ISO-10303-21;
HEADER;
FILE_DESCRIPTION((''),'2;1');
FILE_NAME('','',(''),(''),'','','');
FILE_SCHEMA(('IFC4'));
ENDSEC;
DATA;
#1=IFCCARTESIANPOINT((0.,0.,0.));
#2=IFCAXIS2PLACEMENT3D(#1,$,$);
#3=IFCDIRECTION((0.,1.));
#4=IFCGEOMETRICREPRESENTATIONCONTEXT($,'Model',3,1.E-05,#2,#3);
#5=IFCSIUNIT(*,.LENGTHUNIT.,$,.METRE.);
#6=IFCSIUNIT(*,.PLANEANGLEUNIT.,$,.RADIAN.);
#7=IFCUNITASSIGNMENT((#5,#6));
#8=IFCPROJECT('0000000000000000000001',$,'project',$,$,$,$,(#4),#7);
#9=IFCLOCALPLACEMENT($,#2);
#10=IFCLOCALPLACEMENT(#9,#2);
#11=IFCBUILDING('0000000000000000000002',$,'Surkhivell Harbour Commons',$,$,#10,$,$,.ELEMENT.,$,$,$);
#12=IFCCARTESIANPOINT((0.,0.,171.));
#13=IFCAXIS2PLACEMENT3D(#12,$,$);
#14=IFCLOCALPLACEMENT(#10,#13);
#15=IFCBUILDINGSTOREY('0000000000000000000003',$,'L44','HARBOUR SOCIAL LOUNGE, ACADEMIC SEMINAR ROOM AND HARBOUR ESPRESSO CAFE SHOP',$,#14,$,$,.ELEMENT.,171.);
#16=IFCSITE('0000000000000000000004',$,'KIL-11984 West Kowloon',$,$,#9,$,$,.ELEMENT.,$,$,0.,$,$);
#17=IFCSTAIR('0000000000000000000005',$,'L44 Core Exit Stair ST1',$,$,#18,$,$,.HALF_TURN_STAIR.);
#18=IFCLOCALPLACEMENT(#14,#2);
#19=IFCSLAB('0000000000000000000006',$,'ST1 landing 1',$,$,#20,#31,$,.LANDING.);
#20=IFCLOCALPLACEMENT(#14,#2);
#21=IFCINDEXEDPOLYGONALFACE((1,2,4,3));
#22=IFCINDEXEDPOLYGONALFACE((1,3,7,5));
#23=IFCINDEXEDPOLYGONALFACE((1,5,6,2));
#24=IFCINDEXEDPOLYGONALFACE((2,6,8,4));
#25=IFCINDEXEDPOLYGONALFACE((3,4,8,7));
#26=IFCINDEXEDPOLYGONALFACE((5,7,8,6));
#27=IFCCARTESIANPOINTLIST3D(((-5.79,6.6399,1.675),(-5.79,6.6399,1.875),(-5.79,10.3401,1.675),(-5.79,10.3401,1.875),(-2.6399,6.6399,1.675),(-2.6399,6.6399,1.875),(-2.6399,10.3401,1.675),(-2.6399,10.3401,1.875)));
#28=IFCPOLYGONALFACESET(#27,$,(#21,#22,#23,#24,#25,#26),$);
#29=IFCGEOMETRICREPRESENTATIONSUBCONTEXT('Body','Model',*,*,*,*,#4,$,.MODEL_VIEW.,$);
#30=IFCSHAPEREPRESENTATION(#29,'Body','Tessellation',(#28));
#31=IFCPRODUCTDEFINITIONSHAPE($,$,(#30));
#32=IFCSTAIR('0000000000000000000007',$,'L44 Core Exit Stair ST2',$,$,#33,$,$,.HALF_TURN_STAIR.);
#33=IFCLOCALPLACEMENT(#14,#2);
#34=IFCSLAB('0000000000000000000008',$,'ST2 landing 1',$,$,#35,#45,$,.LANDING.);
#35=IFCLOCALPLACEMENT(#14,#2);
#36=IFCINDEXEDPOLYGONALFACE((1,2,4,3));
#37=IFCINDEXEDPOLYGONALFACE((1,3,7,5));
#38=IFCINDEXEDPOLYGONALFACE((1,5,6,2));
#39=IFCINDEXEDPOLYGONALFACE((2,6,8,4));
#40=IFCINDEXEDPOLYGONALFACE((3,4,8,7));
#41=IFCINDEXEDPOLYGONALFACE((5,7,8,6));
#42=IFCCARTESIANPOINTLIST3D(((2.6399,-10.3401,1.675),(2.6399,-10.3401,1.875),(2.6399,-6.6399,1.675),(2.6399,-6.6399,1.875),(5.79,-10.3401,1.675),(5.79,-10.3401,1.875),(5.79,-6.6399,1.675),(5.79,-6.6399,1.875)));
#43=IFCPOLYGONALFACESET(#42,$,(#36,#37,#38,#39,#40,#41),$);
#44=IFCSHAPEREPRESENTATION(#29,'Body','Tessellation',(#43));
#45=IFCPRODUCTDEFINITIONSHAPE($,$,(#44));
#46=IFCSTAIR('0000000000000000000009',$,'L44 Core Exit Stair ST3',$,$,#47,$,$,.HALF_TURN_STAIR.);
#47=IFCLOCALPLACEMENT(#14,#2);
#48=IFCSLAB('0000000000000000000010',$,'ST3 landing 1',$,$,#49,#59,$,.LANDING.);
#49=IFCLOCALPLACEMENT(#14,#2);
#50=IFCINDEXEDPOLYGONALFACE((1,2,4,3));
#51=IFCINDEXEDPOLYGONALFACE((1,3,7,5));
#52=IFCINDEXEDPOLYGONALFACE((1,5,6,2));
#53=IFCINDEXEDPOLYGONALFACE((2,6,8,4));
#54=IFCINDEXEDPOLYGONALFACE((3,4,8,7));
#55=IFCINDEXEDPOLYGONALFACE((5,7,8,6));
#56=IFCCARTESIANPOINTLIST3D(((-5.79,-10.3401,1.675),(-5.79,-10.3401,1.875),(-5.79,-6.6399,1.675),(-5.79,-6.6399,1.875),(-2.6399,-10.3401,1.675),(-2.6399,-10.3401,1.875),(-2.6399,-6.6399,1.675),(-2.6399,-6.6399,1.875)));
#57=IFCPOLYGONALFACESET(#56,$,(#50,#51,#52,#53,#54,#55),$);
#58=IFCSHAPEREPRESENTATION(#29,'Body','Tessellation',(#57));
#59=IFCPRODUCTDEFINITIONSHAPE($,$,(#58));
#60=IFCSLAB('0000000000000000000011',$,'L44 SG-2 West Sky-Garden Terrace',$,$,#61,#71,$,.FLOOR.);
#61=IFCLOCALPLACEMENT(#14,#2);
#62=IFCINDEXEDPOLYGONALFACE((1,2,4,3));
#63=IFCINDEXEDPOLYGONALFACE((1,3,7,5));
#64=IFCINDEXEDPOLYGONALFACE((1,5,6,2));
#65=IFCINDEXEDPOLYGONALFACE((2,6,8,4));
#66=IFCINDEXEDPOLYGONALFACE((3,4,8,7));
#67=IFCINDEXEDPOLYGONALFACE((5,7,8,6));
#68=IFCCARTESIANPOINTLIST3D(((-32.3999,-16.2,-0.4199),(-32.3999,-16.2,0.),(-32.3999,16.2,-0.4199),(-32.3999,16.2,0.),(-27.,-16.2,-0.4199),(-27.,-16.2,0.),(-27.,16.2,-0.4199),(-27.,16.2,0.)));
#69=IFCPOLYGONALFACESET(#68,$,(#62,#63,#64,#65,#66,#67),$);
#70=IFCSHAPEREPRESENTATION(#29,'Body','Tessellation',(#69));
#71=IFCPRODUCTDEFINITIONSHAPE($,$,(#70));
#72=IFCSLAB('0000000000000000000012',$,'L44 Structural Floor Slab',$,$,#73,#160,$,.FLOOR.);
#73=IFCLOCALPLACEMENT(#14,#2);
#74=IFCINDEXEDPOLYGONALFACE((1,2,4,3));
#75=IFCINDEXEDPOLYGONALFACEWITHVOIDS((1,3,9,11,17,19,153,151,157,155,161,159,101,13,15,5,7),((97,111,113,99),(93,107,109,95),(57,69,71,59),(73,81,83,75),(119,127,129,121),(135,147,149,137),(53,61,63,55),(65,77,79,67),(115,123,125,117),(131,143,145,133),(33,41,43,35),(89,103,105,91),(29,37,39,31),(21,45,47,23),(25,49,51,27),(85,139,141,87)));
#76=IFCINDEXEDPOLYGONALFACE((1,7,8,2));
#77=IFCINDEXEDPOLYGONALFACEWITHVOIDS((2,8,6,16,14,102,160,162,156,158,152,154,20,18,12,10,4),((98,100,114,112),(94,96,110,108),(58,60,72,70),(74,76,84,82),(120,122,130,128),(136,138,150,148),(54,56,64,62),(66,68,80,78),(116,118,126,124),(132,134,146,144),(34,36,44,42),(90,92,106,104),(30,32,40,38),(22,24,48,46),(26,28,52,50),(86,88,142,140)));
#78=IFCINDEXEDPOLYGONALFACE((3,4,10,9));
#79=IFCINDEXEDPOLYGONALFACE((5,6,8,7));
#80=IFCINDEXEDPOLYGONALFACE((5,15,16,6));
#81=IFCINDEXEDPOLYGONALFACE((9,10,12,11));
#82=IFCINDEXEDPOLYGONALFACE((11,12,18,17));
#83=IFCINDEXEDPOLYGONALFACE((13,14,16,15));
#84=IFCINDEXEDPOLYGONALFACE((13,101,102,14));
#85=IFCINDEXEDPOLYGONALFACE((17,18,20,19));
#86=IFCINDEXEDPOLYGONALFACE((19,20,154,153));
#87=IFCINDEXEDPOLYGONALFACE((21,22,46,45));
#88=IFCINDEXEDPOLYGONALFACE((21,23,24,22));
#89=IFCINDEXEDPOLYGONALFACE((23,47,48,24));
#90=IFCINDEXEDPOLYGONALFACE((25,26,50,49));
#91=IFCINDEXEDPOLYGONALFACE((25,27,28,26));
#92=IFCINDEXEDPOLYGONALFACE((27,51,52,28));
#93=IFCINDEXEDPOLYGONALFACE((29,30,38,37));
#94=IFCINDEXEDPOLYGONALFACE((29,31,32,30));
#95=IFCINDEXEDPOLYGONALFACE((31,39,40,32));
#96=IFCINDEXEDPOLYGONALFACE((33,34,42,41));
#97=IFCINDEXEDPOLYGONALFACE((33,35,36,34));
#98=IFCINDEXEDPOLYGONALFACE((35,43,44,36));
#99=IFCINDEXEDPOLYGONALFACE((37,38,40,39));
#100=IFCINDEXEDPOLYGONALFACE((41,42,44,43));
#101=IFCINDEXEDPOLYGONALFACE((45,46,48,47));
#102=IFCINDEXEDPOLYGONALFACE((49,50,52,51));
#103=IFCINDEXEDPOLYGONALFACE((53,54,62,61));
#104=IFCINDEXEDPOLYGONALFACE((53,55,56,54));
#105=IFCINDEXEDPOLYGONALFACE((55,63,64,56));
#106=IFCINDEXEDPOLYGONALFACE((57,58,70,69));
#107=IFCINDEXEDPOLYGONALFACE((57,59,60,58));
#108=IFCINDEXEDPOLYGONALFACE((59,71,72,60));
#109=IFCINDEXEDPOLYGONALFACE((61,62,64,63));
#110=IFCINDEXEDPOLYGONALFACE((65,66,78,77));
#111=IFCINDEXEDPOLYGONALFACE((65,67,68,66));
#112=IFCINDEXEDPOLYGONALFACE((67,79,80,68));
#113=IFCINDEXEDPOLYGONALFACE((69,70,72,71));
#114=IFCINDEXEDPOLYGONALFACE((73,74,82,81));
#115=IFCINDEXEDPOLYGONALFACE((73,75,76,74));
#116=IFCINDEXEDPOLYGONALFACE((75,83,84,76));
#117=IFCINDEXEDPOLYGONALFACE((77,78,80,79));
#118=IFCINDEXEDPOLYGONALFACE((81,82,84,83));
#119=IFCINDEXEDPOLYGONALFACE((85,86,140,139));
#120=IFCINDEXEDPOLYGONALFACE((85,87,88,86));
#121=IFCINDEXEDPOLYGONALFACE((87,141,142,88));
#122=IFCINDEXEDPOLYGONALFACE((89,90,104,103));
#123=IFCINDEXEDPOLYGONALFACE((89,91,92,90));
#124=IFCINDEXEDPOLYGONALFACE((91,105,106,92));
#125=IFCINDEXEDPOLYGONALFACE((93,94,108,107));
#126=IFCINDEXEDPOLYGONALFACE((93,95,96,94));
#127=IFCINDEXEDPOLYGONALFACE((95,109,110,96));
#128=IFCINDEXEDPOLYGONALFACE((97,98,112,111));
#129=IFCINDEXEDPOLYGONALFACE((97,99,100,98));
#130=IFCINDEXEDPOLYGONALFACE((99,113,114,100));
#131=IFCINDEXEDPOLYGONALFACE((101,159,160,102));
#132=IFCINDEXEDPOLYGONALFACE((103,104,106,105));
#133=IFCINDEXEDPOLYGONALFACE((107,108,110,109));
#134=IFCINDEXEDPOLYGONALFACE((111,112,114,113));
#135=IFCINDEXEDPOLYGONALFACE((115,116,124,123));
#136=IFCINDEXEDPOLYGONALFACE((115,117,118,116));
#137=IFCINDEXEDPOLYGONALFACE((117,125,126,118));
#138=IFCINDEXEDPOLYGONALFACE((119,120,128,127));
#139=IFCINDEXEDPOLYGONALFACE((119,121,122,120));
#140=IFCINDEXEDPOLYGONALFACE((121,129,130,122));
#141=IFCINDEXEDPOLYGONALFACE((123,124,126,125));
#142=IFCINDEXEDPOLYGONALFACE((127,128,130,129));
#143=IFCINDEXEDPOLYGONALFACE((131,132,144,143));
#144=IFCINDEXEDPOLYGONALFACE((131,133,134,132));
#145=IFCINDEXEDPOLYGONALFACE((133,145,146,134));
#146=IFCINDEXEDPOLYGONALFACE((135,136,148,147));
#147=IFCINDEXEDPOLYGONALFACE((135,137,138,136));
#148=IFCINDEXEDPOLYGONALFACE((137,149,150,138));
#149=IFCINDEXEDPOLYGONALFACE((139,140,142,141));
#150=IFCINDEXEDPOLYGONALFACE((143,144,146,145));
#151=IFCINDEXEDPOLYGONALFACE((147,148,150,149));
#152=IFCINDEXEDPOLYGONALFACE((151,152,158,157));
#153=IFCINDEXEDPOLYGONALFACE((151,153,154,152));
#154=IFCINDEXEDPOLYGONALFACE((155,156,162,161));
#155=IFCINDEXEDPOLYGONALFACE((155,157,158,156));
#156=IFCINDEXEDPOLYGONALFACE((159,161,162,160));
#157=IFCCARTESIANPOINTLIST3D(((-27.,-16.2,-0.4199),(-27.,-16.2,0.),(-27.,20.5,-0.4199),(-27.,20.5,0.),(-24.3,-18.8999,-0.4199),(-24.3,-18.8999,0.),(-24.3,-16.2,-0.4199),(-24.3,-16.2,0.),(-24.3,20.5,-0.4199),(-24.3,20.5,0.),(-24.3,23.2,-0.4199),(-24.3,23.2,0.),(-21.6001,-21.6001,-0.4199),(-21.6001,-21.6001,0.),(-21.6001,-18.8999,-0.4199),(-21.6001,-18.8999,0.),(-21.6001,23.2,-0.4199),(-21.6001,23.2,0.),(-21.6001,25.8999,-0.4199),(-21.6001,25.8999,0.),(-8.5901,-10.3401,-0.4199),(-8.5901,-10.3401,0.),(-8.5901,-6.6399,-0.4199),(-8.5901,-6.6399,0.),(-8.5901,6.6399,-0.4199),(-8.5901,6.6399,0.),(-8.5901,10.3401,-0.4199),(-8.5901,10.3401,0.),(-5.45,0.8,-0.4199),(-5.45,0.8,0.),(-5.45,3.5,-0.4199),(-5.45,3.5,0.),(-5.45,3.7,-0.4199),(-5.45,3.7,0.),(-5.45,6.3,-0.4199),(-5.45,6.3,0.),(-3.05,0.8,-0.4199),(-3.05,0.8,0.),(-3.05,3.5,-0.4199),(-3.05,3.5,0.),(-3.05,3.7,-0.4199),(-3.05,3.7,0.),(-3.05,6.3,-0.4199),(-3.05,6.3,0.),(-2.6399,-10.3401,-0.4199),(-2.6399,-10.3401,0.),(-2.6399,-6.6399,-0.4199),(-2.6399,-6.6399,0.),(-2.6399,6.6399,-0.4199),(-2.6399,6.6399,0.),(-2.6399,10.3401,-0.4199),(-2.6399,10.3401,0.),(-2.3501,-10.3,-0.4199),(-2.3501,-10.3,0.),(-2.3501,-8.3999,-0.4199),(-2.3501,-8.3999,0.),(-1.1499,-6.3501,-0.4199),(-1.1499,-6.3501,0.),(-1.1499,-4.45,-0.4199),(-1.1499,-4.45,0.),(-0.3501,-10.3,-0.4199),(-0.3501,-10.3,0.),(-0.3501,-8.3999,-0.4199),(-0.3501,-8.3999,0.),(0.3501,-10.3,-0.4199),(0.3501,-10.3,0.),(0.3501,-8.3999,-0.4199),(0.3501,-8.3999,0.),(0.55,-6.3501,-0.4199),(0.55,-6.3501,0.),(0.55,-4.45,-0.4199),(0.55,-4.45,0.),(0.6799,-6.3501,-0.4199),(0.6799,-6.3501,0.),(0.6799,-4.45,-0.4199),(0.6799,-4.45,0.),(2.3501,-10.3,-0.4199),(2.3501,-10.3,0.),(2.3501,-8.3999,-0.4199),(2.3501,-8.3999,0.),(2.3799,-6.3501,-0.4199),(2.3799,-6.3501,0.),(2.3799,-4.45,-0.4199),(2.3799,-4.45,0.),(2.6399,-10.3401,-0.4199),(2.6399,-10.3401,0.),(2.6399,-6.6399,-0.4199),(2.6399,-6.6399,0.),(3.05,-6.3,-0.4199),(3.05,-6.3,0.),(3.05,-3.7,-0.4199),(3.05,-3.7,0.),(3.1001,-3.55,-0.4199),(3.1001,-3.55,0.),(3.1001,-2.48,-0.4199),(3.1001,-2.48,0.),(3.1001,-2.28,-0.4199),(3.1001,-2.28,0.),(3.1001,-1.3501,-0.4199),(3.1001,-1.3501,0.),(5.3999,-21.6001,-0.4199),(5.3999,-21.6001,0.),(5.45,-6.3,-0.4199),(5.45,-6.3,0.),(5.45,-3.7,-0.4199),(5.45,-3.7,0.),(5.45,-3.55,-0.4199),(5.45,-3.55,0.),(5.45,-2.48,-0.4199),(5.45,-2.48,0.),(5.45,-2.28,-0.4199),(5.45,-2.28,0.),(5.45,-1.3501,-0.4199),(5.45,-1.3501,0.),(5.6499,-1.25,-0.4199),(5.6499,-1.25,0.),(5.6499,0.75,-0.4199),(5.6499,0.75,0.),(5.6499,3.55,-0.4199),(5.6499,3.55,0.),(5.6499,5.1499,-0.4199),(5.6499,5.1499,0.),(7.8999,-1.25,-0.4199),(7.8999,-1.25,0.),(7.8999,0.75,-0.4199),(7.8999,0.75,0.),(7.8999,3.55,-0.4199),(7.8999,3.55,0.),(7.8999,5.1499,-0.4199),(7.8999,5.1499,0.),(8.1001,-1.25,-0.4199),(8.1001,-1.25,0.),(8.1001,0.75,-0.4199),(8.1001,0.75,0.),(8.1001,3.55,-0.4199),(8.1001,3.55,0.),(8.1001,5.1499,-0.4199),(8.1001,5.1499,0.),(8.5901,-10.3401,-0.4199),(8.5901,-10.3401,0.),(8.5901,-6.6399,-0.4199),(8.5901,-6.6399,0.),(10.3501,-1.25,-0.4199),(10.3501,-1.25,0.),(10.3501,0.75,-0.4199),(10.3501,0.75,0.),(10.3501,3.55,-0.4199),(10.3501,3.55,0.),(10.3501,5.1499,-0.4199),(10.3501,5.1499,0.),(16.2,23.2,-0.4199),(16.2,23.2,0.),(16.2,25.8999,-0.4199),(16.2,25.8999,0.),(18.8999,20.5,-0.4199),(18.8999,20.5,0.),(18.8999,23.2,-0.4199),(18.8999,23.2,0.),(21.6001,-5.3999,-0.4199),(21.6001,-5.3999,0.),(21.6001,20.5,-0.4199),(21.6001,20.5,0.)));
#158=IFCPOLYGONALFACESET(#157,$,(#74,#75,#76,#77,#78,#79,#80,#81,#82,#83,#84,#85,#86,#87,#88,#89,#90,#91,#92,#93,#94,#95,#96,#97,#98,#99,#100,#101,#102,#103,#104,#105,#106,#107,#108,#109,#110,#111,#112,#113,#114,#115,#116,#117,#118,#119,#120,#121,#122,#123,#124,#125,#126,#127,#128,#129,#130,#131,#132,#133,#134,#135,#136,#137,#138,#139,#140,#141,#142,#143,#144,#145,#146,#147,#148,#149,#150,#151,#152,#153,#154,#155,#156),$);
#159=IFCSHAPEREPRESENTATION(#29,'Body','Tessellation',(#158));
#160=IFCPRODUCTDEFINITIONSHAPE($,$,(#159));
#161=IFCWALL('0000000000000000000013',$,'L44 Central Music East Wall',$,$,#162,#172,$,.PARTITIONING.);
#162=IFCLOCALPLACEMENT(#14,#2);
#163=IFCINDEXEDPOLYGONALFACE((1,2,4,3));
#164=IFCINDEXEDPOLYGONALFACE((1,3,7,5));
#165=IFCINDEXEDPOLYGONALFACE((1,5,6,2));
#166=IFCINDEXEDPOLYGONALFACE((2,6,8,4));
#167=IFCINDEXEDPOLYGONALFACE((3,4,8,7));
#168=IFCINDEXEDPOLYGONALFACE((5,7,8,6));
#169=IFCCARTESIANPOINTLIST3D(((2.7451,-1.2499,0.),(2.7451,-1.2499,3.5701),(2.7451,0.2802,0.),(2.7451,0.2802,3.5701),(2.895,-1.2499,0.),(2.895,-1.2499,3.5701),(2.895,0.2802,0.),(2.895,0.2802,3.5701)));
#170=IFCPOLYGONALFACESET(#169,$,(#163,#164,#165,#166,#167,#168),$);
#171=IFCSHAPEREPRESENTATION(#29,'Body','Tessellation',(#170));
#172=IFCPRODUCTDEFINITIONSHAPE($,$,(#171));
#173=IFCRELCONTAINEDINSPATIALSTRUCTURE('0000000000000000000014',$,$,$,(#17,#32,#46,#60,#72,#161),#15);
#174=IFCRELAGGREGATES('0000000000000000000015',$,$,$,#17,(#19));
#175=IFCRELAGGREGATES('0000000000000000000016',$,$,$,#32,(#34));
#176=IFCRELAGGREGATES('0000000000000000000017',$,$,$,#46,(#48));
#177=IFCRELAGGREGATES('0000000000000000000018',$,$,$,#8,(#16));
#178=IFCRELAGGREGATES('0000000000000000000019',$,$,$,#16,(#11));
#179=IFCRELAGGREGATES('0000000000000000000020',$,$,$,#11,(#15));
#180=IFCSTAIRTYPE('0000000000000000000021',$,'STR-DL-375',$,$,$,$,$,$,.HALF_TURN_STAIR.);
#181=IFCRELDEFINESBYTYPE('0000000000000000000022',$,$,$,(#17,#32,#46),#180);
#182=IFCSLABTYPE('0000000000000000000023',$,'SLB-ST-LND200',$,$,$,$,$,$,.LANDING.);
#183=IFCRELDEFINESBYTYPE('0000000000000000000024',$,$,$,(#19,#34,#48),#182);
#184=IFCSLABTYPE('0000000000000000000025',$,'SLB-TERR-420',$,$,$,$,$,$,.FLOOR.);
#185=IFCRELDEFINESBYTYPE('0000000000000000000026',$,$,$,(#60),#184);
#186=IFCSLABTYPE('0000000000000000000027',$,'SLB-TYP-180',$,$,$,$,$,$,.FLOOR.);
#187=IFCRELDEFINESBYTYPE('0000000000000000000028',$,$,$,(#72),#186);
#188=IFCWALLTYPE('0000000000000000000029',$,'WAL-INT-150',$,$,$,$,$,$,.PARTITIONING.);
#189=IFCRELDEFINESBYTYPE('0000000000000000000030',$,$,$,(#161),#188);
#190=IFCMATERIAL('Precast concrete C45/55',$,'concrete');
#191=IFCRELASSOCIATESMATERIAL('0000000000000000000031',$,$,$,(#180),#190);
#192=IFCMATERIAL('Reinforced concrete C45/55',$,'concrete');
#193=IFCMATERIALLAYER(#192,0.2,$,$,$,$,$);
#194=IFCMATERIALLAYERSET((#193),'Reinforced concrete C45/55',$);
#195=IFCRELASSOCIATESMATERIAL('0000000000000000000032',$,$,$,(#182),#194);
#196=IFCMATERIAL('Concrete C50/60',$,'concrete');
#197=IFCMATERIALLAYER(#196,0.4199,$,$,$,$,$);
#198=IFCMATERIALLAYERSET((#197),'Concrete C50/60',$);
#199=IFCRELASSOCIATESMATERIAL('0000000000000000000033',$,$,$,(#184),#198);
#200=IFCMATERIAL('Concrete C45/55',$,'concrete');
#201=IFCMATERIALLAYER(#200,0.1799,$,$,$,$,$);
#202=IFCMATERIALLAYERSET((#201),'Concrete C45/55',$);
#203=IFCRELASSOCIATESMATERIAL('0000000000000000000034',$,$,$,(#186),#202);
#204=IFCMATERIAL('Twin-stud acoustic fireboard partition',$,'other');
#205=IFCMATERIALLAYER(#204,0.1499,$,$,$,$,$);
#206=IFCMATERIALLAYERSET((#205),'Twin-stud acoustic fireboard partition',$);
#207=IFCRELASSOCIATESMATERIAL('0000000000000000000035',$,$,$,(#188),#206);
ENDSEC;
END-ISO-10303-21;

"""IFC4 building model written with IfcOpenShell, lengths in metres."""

from ifc_helpers import new_model, si_unit, direction, frame, frame_2d, origin, place, context, subcontext, project, spatial, polyline, rectangle, outline, extrude, material, layer, layer_set, type_object, element, aggregate, save


model = new_model("IFC4")

# Units and contexts
model_context = context("Model", 3, precision=1e-05, world=origin(), true_north=direction((0.0, 1.0)))
body_context = subcontext(model_context, "Body", "Model", "MODEL_VIEW")
ifc_project = project(units=[si_unit("LENGTHUNIT", "METRE"), si_unit("PLANEANGLEUNIT", "RADIAN")], contexts=[model_context])

# Site, building, storey
site_placement = place(None, origin())
site = spatial("IfcSite", under=ifc_project, at=site_placement, Name="KIL-11984 West Kowloon", CompositionType="ELEMENT", RefElevation=0.0)
building_placement = place(site_placement, origin())
building = spatial("IfcBuilding", under=site, at=building_placement, Name="Surkhivell Harbour Commons", CompositionType="ELEMENT")
storey_placement = place(building_placement, frame((0.0, 0.0, 171.0)))
storey = spatial("IfcBuildingStorey", under=building, at=storey_placement, Name="L44", Description="HARBOUR SOCIAL LOUNGE, ACADEMIC SEMINAR ROOM AND HARBOUR ESPRESSO CAFE SHOP", CompositionType="ELEMENT", Elevation=171.0)

# Stairs, slabs
ifc_material_1 = material(Name="Precast concrete C45/55", Category="concrete")
stair_type = type_object("IfcStairType", Name="STR-DL-375", PredefinedType="HALF_TURN_STAIR", material=ifc_material_1)
stair_1_placement = place(storey_placement, origin())
stair_1 = element("IfcStair", 1, at=stair_1_placement, inside=storey, type_object=stair_type, Name="L44 Core Exit Stair ST1", PredefinedType="HALF_TURN_STAIR")
ifc_material_2 = material(Name="Reinforced concrete C45/55", Category="concrete")
ifc_layer_1 = layer(ifc_material_2, 0.2)
ifc_layer_set_1 = layer_set([ifc_layer_1], Name="Reinforced concrete C45/55")
slab_type_1 = type_object("IfcSlabType", Name="SLB-ST-LND200", PredefinedType="LANDING", material=ifc_layer_set_1)
slab_1_placement = place(storey_placement, frame((0.0, 0.0, 1.675)))
slab_1 = element("IfcSlab", 2, at=slab_1_placement, type_object=slab_type_1, Name="ST1 landing 1", PredefinedType="LANDING", context=body_context, shape_type="SweptSolid", body=[
    extrude(outline(polyline([(-5.79, 6.6399), (-2.6399, 6.6399), (-2.6399, 10.3401), (-5.79, 10.3401), (-5.79, 6.6399)])), origin(), (0.0, 0.0, 1.0), 0.2),
])
aggregate(stair_1, [slab_1])
stair_2_placement = place(storey_placement, origin())
stair_2 = element("IfcStair", 3, at=stair_2_placement, inside=storey, type_object=stair_type, Name="L44 Core Exit Stair ST2", PredefinedType="HALF_TURN_STAIR")
slab_2_placement = place(storey_placement, frame((0.0, 0.0, 1.675)))
slab_2 = element("IfcSlab", 4, at=slab_2_placement, type_object=slab_type_1, Name="ST2 landing 1", PredefinedType="LANDING", context=body_context, shape_type="SweptSolid", body=[
    extrude(outline(polyline([(5.79, -6.6399), (2.6399, -6.6399), (2.6399, -10.3401), (5.79, -10.3401), (5.79, -6.6399)])), origin(), (0.0, 0.0, 1.0), 0.2),
])
aggregate(stair_2, [slab_2])
stair_3_placement = place(storey_placement, origin())
stair_3 = element("IfcStair", 5, at=stair_3_placement, inside=storey, type_object=stair_type, Name="L44 Core Exit Stair ST3", PredefinedType="HALF_TURN_STAIR")
slab_3_placement = place(storey_placement, frame((0.0, 0.0, 1.675)))
slab_3 = element("IfcSlab", 6, at=slab_3_placement, type_object=slab_type_1, Name="ST3 landing 1", PredefinedType="LANDING", context=body_context, shape_type="SweptSolid", body=[
    extrude(outline(polyline([(-5.79, -10.3401), (-2.6399, -10.3401), (-2.6399, -6.6399), (-5.79, -6.6399), (-5.79, -10.3401)])), origin(), (0.0, 0.0, 1.0), 0.2),
])
aggregate(stair_3, [slab_3])

# Slabs
ifc_material_3 = material(Name="Concrete C50/60", Category="concrete")
ifc_layer_2 = layer(ifc_material_3, 0.4199)
ifc_layer_set_2 = layer_set([ifc_layer_2], Name="Concrete C50/60")
slab_type_2 = type_object("IfcSlabType", Name="SLB-TERR-420", PredefinedType="FLOOR", material=ifc_layer_set_2)
slab_4_placement = place(storey_placement, frame((0.0, 0.0, -0.4199)))
element("IfcSlab", 7, at=slab_4_placement, inside=storey, type_object=slab_type_2, Name="L44 SG-2 West Sky-Garden Terrace", PredefinedType="FLOOR", context=body_context, shape_type="SweptSolid", body=[
    extrude(outline(polyline([(-32.3999, -16.2), (-27.0, -16.2), (-27.0, 16.2), (-32.3999, 16.2), (-32.3999, -16.2)])), origin(), (0.0, 0.0, 1.0), 0.4199),
])
ifc_material_4 = material(Name="Concrete C45/55", Category="concrete")
ifc_layer_3 = layer(ifc_material_4, 0.1799)
ifc_layer_set_3 = layer_set([ifc_layer_3], Name="Concrete C45/55")
slab_type_3 = type_object("IfcSlabType", Name="SLB-TYP-180", PredefinedType="FLOOR", material=ifc_layer_set_3)
slab_5_placement = place(storey_placement, frame((0.0, 0.0, -0.4199)))
element("IfcSlab", 8, at=slab_5_placement, inside=storey, type_object=slab_type_3, Name="L44 Structural Floor Slab", PredefinedType="FLOOR", context=body_context, shape_type="SweptSolid", body=[
    extrude(outline(polyline([(-21.6001, -21.6001), (5.3999, -21.6001), (21.6001, -5.3999), (21.6001, 20.5), (18.8999, 20.5), (18.8999, 23.2), (16.2, 23.2), (16.2, 25.8999), (-21.6001, 25.8999), (-21.6001, 23.2), (-24.3, 23.2), (-24.3, 20.5), (-27.0, 20.5), (-27.0, -16.2), (-24.3, -16.2), (-24.3, -18.8999), (-21.6001, -18.8999), (-21.6001, -21.6001)]), holes=[polyline([(-8.5901, 6.6399), (-2.6399, 6.6399), (-2.6399, 10.3401), (-8.5901, 10.3401), (-8.5901, 6.6399)]), polyline([(8.5901, -6.6399), (2.6399, -6.6399), (2.6399, -10.3401), (8.5901, -10.3401), (8.5901, -6.6399)]), polyline([(-8.5901, -10.3401), (-2.6399, -10.3401), (-2.6399, -6.6399), (-8.5901, -6.6399), (-8.5901, -10.3401)]), polyline([(5.6499, 3.55), (7.8999, 3.55), (7.8999, 5.1499), (5.6499, 5.1499), (5.6499, 3.55)]), polyline([(8.1001, 3.55), (10.3501, 3.55), (10.3501, 5.1499), (8.1001, 5.1499), (8.1001, 3.55)]), polyline([(5.6499, -1.25), (7.8999, -1.25), (7.8999, 0.75), (5.6499, 0.75), (5.6499, -1.25)]), polyline([(8.1001, -1.25), (10.3501, -1.25), (10.3501, 0.75), (8.1001, 0.75), (8.1001, -1.25)]), polyline([(-1.1499, -6.3501), (0.55, -6.3501), (0.55, -4.45), (-1.1499, -4.45), (-1.1499, -6.3501)]), polyline([(0.6799, -6.3501), (2.3799, -6.3501), (2.3799, -4.45), (0.6799, -4.45), (0.6799, -6.3501)]), polyline([(-2.3501, -10.3), (-0.3501, -10.3), (-0.3501, -8.3999), (-2.3501, -8.3999), (-2.3501, -10.3)]), polyline([(0.3501, -10.3), (2.3501, -10.3), (2.3501, -8.3999), (0.3501, -8.3999), (0.3501, -10.3)]), polyline([(-5.45, 3.7), (-3.05, 3.7), (-3.05, 6.3), (-5.45, 6.3), (-5.45, 3.7)]), polyline([(3.05, -6.3), (5.45, -6.3), (5.45, -3.7), (3.05, -3.7), (3.05, -6.3)]), polyline([(-5.45, 0.8), (-3.05, 0.8), (-3.05, 3.5), (-5.45, 3.5), (-5.45, 0.8)]), polyline([(3.1001, -3.55), (5.45, -3.55), (5.45, -2.48), (3.1001, -2.48), (3.1001, -3.55)]), polyline([(3.1001, -2.28), (5.45, -2.28), (5.45, -1.3501), (3.1001, -1.3501), (3.1001, -2.28)])]), origin(), (0.0, 0.0, 1.0), 0.4199),
])

# Wall
ifc_material_5 = material(Name="Twin-stud acoustic fireboard partition", Category="other")
ifc_layer_4 = layer(ifc_material_5, 0.1499)
ifc_layer_set_4 = layer_set([ifc_layer_4], Name="Twin-stud acoustic fireboard partition")
wall_type_1 = type_object("IfcWallType", Name="WAL-INT-150", PredefinedType="PARTITIONING", material=ifc_layer_set_4)
wall_1_placement = place(storey_placement, frame((2.8201, -1.25, 0.0), z_axis=(0.0, 0.0, 1.0), x_axis=(0.0, 1.0, 0.0)))
element("IfcWall", 9, at=wall_1_placement, inside=storey, type_object=wall_type_1, Name="L44 Central Music East Wall", PredefinedType="PARTITIONING", context=body_context, shape_type="SweptSolid", body=[
    extrude(rectangle(XDim=1.53, YDim=0.1499, at=frame_2d((0.7651, 0.0))), origin(), (0.0, 0.0, 1.0), 3.5701),
])

save(model, "model.ifc")
